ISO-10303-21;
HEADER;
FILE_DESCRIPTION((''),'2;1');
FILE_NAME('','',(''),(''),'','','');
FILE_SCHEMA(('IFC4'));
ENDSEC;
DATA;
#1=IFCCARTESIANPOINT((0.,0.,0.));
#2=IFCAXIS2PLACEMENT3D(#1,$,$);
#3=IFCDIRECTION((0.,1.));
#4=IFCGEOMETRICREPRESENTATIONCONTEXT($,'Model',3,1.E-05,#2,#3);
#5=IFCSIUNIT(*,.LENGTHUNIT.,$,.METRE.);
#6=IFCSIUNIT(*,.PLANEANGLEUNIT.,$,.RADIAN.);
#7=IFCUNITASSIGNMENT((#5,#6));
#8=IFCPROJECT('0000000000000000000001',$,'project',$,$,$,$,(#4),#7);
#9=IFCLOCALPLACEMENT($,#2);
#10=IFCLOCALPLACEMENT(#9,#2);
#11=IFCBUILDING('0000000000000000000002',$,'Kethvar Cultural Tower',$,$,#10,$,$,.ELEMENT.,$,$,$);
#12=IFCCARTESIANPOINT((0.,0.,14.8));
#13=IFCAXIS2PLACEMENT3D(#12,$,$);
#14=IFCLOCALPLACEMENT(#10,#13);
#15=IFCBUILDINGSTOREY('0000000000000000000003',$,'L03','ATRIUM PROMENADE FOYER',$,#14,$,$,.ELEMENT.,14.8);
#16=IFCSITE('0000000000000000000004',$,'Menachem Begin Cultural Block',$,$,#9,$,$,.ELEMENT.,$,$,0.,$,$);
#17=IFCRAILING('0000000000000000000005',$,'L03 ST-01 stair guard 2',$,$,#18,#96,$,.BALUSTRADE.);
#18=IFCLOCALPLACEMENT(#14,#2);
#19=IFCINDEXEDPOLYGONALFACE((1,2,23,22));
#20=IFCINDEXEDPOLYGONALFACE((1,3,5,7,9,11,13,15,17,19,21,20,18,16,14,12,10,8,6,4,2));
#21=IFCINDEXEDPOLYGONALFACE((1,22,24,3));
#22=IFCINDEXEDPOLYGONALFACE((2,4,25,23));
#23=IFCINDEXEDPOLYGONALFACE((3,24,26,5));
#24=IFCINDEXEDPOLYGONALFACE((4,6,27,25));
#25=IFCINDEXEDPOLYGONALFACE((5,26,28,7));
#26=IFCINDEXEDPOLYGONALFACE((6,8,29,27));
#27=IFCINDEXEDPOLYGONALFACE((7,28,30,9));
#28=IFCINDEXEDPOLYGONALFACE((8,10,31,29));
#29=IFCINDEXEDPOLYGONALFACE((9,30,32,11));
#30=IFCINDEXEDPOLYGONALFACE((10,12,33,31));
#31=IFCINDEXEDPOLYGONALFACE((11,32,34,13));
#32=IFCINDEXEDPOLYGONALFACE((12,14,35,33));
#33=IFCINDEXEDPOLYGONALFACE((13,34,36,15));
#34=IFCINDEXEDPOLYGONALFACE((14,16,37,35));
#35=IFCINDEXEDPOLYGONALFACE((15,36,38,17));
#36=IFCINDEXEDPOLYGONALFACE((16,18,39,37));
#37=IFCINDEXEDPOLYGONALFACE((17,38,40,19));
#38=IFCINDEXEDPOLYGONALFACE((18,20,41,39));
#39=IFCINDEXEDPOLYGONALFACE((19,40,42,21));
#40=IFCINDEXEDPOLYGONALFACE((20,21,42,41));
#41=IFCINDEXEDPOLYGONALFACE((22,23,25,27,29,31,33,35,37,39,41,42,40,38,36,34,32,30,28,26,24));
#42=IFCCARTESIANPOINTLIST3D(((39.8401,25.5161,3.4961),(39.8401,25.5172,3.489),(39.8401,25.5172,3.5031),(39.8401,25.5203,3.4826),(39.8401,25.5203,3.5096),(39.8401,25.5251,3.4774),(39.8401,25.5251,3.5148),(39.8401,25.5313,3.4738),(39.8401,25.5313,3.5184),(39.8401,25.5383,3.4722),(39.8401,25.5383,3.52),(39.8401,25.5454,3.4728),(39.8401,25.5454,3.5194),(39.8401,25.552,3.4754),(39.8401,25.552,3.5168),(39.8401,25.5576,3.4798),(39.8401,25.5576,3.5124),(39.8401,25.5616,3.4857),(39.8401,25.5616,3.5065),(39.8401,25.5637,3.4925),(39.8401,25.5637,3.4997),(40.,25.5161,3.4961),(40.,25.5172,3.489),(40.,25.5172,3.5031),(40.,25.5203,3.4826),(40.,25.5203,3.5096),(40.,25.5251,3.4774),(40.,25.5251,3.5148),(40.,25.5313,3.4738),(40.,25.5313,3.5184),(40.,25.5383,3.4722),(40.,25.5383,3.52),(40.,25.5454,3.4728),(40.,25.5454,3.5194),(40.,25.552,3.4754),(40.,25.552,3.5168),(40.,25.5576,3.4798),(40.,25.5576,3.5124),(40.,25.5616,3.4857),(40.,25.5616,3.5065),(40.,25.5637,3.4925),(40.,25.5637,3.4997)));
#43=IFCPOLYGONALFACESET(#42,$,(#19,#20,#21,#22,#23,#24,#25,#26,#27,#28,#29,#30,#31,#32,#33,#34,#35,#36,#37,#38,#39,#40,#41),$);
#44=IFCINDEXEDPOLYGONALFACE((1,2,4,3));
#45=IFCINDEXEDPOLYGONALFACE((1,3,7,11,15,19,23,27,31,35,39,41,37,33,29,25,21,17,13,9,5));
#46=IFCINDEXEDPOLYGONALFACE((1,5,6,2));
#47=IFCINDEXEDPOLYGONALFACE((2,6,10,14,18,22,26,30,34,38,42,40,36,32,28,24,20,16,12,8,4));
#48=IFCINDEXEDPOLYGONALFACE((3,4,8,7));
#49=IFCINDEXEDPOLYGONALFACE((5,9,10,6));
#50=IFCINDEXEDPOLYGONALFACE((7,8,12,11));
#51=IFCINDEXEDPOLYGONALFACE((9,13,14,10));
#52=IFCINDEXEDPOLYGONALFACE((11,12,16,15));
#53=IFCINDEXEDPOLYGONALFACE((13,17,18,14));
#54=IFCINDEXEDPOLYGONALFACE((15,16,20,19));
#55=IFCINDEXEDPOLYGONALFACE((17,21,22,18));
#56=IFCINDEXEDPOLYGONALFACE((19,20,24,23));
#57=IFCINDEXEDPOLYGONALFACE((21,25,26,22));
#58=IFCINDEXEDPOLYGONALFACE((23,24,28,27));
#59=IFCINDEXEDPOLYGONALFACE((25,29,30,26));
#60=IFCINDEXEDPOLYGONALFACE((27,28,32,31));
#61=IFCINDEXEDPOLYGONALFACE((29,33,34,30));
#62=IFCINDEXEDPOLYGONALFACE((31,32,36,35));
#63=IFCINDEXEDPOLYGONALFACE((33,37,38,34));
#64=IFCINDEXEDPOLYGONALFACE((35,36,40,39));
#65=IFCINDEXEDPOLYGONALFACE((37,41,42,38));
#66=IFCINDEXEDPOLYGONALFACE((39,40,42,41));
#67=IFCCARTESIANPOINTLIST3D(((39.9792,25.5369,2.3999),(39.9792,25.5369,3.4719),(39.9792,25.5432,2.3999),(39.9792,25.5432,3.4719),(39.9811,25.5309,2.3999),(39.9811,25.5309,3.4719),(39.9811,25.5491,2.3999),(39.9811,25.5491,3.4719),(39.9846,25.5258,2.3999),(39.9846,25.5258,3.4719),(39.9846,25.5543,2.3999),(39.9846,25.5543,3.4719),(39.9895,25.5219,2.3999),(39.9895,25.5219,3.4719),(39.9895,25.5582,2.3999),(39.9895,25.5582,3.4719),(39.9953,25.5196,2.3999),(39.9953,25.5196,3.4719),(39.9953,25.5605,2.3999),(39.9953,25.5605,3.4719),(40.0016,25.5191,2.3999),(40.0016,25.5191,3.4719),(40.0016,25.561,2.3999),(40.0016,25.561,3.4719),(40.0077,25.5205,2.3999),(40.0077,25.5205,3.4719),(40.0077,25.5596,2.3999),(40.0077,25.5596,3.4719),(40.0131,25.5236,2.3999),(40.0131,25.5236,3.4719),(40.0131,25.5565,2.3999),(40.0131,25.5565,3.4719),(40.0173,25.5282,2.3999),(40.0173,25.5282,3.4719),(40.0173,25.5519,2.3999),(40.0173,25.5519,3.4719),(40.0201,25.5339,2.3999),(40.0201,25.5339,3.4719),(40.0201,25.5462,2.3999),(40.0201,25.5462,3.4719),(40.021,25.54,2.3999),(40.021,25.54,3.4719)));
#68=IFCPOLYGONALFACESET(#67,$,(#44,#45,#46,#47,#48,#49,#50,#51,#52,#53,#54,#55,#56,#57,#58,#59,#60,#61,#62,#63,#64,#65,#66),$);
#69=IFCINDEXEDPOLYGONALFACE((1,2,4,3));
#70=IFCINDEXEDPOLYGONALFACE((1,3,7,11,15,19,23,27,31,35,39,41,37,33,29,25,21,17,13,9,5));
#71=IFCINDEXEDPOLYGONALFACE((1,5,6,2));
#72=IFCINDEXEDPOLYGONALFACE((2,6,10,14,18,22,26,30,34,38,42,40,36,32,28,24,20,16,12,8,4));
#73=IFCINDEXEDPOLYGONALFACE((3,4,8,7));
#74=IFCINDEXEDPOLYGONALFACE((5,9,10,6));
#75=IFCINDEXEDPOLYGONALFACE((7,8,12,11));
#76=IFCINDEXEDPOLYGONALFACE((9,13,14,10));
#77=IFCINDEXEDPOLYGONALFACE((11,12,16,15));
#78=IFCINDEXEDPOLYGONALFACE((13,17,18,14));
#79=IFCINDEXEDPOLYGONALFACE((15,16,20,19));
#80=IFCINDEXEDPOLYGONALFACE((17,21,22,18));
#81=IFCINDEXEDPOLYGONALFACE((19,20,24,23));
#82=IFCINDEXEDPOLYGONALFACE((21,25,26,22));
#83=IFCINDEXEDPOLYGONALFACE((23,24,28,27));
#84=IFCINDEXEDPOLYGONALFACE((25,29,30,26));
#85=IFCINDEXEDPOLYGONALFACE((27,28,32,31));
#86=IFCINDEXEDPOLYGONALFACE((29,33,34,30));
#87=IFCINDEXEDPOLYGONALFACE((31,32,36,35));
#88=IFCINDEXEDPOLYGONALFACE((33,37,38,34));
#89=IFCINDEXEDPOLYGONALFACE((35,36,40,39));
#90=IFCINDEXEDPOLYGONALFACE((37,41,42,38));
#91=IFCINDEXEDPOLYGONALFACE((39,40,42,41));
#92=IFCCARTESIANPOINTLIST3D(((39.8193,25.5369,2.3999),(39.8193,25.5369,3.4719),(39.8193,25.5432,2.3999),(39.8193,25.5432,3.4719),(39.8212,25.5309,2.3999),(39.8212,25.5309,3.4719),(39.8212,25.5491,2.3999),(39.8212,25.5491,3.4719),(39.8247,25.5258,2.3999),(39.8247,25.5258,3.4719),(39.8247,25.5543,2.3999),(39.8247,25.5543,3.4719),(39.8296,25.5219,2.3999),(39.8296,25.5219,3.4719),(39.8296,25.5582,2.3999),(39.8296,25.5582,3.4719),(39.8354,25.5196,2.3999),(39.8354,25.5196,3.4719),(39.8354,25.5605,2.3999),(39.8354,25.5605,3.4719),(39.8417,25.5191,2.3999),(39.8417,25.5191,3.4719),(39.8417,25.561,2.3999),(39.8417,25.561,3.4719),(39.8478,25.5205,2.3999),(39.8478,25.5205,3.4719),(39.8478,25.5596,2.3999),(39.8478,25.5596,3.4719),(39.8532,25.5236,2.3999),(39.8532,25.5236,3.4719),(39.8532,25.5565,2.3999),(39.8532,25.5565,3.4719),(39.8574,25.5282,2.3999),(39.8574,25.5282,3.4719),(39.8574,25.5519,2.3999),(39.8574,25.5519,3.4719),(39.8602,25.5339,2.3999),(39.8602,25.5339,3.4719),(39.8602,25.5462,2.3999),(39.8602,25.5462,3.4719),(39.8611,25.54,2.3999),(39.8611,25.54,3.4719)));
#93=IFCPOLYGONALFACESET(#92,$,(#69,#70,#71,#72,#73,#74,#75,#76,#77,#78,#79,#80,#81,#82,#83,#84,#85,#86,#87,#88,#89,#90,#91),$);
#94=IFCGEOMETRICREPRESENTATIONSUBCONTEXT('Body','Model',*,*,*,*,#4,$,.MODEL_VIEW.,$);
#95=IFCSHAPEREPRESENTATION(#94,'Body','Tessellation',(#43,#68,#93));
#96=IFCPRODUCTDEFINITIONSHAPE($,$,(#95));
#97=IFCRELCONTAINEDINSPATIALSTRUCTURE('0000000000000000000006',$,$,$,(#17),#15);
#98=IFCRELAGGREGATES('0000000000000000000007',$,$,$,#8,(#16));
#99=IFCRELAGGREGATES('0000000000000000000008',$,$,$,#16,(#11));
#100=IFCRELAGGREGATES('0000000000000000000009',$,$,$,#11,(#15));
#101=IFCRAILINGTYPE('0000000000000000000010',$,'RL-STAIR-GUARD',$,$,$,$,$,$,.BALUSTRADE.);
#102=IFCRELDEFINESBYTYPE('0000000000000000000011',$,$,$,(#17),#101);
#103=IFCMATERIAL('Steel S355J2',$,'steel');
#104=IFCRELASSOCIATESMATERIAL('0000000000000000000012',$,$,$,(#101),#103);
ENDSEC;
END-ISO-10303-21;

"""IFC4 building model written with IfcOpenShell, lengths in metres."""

from ifc_helpers import new_model, si_unit, direction, frame, origin, origin_2d, place, context, subcontext, project, spatial, circle, extrude, material, type_object, element, save


model = new_model("IFC4")

# Units and contexts
model_context = context("Model", 3, precision=1e-05, world=origin(), true_north=direction((0.0, 1.0)))
body_context = subcontext(model_context, "Body", "Model", "MODEL_VIEW")
ifc_project = project(units=[si_unit("LENGTHUNIT", "METRE"), si_unit("PLANEANGLEUNIT", "RADIAN")], contexts=[model_context])

# Site, building, storey
site_placement = place(None, origin())
site = spatial("IfcSite", under=ifc_project, at=site_placement, Name="Menachem Begin Cultural Block", CompositionType="ELEMENT", RefElevation=0.0)
building_placement = place(site_placement, origin())
building = spatial("IfcBuilding", under=site, at=building_placement, Name="Kethvar Cultural Tower", CompositionType="ELEMENT")
storey_placement = place(building_placement, frame((0.0, 0.0, 14.8)))
storey = spatial("IfcBuildingStorey", under=building, at=storey_placement, Name="L03", Description="ATRIUM PROMENADE FOYER", CompositionType="ELEMENT", Elevation=14.8)

# Shared definitions
ifc_material_1 = material(Name="Steel S355J2", Category="steel")

# Railing
railing_type_1 = type_object("IfcRailingType", Name="RL-STAIR-GUARD", PredefinedType="BALUSTRADE", material=ifc_material_1)
railing_1_placement = place(storey_placement, frame((40.0, 25.54, 2.3999)))
element("IfcRailing", 1, at=railing_1_placement, inside=storey, type_object=railing_type_1, Name="L03 ST-01 stair guard 2", PredefinedType="BALUSTRADE", context=body_context, shape_type="SweptSolid", body=[
    extrude(circle(Radius=0.0239, at=origin_2d()), frame((0.0, 0.0, 1.0962), z_axis=(-1.0, 0.0, 0.0), x_axis=(0.0, -1.0, 0.0)), (0.0, 0.0, 1.0), 0.1599),
    extrude(circle(Radius=0.021, at=origin_2d()), origin(), (0.0, 0.0, 1.0), 1.072),
    extrude(circle(Radius=0.021, at=origin_2d()), frame((-0.1599, 0.0, 0.0)), (0.0, 0.0, 1.0), 1.072),
])

save(model, "model.ifc")
